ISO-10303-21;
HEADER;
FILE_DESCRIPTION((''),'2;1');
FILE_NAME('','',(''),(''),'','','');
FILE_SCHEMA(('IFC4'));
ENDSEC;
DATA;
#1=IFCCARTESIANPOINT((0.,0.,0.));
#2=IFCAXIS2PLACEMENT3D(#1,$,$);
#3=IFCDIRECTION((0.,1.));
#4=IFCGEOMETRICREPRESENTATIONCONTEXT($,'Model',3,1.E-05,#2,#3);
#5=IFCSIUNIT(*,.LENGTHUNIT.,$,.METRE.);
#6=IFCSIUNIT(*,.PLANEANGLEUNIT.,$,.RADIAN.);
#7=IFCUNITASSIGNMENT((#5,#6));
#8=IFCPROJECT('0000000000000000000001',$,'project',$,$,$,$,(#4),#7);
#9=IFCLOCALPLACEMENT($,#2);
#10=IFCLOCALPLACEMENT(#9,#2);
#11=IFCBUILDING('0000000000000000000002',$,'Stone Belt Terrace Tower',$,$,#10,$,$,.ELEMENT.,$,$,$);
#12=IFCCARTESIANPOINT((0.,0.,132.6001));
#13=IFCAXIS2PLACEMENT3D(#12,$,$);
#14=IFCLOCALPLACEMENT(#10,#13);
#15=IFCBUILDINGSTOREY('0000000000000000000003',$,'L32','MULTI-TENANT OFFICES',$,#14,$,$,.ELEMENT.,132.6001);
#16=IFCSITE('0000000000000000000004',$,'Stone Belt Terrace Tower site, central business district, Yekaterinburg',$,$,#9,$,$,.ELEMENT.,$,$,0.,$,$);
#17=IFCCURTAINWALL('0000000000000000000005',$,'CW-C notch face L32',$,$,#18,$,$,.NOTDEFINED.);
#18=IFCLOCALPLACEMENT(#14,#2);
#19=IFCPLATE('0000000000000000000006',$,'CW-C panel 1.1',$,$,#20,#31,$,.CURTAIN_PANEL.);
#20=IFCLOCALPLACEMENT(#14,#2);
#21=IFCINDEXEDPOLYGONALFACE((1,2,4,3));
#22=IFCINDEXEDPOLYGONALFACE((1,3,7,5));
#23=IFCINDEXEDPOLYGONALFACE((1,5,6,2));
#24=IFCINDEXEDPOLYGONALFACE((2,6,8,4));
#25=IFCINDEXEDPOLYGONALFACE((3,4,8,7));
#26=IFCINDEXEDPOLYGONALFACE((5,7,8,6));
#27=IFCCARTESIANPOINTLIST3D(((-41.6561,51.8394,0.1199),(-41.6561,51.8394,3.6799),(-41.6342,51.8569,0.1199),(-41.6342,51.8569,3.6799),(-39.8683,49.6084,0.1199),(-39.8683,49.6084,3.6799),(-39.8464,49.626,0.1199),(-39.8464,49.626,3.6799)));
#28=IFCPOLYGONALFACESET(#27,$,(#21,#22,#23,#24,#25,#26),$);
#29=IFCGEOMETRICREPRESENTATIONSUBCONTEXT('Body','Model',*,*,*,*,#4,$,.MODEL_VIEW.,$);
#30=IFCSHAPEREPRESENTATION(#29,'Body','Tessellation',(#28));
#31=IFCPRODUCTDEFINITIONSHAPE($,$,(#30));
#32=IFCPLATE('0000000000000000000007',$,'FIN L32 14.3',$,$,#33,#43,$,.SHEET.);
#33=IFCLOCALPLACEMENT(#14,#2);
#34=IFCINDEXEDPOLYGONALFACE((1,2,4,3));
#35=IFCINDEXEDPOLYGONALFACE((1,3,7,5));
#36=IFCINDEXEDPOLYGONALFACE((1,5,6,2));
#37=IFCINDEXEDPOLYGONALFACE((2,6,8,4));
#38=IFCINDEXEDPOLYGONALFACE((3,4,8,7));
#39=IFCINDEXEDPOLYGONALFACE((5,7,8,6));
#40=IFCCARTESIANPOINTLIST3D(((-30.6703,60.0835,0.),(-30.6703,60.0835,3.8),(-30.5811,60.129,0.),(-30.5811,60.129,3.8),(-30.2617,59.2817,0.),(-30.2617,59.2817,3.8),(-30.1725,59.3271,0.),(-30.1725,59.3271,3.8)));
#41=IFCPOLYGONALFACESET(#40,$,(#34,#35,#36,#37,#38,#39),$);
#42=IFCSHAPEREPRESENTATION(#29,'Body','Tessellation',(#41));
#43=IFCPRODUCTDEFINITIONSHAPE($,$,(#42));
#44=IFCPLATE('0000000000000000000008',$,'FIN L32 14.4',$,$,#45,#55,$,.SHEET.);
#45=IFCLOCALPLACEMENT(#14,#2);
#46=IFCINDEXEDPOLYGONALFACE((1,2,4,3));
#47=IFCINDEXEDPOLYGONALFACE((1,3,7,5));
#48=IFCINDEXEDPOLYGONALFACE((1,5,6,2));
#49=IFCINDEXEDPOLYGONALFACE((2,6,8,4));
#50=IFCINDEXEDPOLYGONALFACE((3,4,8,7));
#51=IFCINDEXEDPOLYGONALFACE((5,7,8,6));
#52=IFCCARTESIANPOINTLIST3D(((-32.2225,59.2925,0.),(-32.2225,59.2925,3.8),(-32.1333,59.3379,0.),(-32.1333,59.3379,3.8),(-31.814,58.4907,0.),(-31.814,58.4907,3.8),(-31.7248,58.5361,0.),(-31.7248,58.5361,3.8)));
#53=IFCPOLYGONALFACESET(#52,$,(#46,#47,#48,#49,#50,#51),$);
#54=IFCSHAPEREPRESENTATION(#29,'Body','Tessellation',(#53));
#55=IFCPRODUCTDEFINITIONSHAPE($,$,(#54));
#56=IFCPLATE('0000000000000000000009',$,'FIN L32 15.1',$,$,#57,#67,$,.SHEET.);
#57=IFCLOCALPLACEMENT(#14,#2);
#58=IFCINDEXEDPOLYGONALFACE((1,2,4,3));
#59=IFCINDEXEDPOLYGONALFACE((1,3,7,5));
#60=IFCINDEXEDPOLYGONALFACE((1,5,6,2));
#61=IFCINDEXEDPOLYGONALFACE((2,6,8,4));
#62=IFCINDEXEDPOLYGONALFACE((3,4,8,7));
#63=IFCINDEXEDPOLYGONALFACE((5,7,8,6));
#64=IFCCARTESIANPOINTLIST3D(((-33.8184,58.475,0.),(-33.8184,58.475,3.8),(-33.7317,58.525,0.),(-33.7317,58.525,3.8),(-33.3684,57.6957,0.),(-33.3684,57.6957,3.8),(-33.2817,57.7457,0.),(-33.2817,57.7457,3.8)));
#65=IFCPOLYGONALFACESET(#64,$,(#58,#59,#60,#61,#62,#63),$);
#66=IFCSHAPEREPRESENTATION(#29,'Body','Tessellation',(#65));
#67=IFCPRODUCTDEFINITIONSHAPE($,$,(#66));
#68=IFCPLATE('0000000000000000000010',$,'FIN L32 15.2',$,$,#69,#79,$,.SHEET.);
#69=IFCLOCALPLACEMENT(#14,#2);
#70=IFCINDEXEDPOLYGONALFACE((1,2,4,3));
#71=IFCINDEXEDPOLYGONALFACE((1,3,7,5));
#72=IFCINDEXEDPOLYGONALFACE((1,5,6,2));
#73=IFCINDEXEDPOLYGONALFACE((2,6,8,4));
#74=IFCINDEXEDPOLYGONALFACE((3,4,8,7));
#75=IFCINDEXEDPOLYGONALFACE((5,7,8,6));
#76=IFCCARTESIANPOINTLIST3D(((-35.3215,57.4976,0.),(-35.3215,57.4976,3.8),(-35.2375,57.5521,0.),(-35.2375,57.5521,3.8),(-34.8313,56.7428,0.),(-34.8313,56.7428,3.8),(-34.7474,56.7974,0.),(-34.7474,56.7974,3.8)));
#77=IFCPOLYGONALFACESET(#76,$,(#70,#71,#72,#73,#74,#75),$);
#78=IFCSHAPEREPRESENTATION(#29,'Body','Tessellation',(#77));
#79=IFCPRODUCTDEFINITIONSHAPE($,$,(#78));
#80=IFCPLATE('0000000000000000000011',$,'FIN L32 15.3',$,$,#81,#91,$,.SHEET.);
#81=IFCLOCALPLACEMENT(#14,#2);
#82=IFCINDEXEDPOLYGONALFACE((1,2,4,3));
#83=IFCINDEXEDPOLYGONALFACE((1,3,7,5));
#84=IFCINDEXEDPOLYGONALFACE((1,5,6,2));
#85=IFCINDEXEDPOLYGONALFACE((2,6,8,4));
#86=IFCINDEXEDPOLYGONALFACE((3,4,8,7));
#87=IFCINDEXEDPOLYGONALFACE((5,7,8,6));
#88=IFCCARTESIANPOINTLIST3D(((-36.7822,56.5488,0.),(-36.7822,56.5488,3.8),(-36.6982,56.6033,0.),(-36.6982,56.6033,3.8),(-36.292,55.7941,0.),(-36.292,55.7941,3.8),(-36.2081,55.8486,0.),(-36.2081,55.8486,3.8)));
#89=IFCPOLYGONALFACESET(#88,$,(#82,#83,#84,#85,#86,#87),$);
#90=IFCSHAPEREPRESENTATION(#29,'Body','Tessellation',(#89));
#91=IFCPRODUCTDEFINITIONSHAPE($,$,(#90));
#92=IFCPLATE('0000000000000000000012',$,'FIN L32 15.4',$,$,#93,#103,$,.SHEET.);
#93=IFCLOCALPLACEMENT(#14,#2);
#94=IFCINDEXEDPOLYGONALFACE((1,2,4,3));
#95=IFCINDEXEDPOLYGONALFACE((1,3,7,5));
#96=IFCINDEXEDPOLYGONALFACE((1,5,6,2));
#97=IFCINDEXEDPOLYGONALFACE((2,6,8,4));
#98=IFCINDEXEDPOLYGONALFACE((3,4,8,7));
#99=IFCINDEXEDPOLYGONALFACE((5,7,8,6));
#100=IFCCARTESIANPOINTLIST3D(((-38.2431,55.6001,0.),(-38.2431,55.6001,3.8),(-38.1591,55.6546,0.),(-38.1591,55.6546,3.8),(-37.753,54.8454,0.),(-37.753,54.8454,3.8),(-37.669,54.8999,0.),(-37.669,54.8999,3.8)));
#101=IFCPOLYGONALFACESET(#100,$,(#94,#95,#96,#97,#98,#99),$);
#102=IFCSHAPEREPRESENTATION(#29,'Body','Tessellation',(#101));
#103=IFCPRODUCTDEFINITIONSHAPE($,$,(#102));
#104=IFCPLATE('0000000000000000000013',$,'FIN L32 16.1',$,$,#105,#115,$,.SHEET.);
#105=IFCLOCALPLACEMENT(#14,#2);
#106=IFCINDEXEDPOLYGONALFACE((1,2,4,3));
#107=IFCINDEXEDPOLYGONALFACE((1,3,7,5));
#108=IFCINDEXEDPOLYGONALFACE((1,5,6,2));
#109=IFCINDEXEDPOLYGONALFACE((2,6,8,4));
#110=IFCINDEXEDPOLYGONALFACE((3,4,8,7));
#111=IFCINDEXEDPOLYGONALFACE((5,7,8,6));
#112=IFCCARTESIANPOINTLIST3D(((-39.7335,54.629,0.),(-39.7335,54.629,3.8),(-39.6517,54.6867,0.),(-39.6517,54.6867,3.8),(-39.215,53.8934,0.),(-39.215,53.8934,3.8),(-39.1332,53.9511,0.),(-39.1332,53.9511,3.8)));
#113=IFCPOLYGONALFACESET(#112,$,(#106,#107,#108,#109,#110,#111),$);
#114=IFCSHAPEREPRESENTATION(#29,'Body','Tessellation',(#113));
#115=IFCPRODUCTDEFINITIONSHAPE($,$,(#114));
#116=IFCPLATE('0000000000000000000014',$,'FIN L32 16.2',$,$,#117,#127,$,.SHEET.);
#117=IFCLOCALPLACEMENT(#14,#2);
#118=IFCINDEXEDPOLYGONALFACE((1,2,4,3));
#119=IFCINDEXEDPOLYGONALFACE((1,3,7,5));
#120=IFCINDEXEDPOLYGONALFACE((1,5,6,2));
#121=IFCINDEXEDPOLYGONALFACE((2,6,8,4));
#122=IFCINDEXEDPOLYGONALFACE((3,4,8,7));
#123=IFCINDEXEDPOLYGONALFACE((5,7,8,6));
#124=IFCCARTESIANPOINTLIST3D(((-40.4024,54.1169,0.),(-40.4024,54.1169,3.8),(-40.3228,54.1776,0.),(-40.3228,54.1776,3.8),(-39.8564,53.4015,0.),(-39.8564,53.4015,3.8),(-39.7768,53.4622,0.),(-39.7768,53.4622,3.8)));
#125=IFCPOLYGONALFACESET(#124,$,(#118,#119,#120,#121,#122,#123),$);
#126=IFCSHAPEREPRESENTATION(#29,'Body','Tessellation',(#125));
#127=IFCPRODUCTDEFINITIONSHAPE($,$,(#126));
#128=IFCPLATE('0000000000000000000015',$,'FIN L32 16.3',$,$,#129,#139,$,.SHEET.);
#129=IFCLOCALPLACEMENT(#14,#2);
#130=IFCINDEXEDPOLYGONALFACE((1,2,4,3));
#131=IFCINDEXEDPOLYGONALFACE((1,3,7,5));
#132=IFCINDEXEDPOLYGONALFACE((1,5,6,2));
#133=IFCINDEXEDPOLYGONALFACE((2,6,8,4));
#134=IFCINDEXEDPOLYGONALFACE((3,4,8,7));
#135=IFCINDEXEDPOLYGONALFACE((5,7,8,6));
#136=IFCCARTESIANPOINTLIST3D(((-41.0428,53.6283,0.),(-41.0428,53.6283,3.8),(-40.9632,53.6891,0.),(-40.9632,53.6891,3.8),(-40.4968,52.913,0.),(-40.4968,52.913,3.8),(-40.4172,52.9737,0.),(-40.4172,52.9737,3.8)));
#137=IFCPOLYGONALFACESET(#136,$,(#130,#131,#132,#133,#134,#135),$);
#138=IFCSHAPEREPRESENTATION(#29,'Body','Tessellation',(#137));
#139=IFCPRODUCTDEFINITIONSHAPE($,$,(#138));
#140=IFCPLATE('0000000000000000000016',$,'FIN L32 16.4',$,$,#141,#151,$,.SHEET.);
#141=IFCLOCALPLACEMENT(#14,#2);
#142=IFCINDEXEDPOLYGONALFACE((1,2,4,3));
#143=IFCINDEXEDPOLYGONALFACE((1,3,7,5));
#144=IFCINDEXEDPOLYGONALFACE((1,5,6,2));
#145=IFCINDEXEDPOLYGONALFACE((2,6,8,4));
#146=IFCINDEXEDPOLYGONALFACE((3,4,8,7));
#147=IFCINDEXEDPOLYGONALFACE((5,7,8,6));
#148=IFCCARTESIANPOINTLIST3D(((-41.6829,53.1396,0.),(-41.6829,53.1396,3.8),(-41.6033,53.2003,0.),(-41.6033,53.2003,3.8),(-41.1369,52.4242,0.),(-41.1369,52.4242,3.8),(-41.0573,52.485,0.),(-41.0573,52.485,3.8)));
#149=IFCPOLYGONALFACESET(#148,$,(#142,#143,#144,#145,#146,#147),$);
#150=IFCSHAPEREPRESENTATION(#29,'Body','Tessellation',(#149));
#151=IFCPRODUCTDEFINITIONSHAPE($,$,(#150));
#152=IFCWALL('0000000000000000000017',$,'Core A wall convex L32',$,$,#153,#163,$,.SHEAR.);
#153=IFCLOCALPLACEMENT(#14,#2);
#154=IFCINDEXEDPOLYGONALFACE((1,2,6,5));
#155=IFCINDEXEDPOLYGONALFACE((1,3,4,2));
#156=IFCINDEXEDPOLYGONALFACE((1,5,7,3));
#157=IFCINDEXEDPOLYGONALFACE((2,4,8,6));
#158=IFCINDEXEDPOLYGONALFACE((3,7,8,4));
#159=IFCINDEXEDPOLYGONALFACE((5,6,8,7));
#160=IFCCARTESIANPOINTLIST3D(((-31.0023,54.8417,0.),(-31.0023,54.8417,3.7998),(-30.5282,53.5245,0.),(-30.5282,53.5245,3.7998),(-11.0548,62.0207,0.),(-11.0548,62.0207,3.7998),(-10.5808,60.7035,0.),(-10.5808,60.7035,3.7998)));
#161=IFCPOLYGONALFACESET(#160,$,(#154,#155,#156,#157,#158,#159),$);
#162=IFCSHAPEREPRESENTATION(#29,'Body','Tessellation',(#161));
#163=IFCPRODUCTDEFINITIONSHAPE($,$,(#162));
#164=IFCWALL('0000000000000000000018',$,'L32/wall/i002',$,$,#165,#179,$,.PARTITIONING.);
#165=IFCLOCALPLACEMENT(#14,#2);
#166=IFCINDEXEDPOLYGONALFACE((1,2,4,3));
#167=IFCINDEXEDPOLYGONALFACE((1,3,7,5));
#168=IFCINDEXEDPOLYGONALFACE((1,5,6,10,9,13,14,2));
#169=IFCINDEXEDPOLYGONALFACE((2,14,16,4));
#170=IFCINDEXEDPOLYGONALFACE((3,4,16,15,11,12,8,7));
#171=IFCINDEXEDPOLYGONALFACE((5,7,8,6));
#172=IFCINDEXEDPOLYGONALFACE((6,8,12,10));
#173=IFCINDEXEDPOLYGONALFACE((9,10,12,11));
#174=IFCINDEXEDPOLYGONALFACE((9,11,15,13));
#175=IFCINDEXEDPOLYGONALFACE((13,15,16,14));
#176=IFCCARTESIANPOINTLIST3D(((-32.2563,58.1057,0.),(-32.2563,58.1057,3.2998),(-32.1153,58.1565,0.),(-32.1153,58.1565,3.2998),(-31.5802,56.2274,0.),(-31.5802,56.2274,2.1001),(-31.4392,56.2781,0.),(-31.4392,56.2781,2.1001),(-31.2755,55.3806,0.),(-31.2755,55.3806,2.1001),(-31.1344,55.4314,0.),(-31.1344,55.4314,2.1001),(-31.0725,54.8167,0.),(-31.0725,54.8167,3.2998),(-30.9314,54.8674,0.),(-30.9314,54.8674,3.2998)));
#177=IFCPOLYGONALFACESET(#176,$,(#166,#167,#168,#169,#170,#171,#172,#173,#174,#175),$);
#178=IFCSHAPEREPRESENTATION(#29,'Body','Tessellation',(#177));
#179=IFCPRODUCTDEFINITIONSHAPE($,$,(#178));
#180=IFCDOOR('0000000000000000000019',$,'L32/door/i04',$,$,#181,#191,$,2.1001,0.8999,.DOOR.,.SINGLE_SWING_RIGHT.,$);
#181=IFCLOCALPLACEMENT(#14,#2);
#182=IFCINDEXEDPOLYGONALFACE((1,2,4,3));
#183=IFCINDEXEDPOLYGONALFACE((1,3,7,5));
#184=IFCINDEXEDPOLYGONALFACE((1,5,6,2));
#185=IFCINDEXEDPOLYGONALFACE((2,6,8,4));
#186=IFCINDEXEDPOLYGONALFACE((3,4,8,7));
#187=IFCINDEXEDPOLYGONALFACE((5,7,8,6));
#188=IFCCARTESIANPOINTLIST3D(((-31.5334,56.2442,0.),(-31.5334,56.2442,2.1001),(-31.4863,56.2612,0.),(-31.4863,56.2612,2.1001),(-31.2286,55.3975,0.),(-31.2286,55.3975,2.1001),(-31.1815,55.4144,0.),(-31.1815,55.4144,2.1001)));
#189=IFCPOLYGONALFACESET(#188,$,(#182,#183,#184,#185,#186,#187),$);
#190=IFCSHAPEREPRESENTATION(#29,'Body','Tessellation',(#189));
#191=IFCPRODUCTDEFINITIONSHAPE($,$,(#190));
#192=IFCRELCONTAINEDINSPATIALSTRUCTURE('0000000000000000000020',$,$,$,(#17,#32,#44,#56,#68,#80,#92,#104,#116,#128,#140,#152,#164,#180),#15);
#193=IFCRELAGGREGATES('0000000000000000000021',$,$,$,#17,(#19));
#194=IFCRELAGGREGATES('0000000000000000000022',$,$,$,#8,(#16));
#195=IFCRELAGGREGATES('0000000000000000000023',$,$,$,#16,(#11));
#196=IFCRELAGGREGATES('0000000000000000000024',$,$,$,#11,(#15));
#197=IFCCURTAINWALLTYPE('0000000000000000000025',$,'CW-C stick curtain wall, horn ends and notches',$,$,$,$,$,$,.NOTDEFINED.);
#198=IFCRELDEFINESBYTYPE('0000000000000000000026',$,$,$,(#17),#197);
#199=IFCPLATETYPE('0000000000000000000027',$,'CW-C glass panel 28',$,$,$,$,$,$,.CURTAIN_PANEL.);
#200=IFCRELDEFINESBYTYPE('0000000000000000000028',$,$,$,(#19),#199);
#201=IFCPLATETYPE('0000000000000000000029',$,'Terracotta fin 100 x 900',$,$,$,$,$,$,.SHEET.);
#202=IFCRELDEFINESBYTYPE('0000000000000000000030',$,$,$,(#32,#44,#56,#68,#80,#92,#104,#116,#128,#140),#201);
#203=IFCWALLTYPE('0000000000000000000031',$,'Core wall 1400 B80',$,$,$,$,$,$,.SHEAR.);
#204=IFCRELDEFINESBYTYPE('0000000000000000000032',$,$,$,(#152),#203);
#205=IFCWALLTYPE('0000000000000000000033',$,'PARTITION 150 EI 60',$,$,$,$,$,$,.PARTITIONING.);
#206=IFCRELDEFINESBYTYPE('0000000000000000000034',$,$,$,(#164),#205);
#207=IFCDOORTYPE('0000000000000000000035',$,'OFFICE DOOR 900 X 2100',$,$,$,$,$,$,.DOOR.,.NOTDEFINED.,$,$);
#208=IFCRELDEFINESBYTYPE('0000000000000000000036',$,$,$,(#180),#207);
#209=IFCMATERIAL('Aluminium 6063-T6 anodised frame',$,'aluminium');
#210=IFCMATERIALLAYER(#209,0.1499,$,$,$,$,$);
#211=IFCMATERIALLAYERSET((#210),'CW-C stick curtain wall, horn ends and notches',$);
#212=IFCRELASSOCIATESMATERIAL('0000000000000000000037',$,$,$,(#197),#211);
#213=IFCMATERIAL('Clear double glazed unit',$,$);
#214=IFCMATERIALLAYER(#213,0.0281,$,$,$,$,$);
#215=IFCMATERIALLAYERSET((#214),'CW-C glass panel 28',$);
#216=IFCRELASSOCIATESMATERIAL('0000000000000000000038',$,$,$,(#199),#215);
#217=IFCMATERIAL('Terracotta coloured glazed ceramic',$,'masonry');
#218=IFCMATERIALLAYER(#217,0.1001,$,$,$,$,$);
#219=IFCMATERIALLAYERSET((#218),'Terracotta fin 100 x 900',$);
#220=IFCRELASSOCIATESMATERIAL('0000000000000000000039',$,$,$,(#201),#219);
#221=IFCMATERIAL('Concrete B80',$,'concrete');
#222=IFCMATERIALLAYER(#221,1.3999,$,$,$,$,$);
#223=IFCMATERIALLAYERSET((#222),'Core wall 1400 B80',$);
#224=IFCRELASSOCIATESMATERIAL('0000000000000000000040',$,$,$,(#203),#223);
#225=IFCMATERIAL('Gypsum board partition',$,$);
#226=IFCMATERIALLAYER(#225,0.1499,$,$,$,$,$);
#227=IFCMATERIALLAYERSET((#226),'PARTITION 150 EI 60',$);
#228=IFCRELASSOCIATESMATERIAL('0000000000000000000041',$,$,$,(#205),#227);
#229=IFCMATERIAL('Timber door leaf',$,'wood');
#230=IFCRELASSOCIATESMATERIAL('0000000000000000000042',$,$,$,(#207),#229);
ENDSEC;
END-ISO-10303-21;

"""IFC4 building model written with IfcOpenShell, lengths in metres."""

from ifc_helpers import new_model, si_unit, direction, frame, frame_2d, origin, origin_2d, place, context, subcontext, project, spatial, rectangle, extrude, material, layer, layer_set, type_object, element, fill, aggregate, save


model = new_model("IFC4")

# Units and contexts
model_context = context("Model", 3, precision=1e-05, world=origin(), true_north=direction((0.0, 1.0)))
body_context = subcontext(model_context, "Body", "Model", "MODEL_VIEW")
ifc_project = project(units=[si_unit("LENGTHUNIT", "METRE"), si_unit("PLANEANGLEUNIT", "RADIAN")], contexts=[model_context])

# Site, building, storey
site_placement = place(None, origin())
site = spatial("IfcSite", under=ifc_project, at=site_placement, Name="Stone Belt Terrace Tower site, central business district, Yekaterinburg", CompositionType="ELEMENT", RefElevation=0.0)
building_placement = place(site_placement, origin())
building = spatial("IfcBuilding", under=site, at=building_placement, Name="Stone Belt Terrace Tower", CompositionType="ELEMENT")
storey_placement = place(building_placement, frame((0.0, 0.0, 132.6001)))
storey = spatial("IfcBuildingStorey", under=building, at=storey_placement, Name="L32", Description="MULTI-TENANT OFFICES", CompositionType="ELEMENT", Elevation=132.6001)

# Shared definitions
ifc_material_1 = material(Name="Concrete B80", Category="concrete")

# Shared definitions
ifc_material_2 = material(Name="Aluminium 6063-T6 anodised frame", Category="aluminium")

# Curtain wall
ifc_layer_1 = layer(ifc_material_2, 0.1499)
ifc_layer_set_1 = layer_set([ifc_layer_1], Name="CW-C stick curtain wall, horn ends and notches")
curtain_wall_type_1 = type_object("IfcCurtainWallType", Name="CW-C stick curtain wall, horn ends and notches", PredefinedType="NOTDEFINED", material=ifc_layer_set_1)
curtain_wall_1_placement = place(storey_placement, origin())
curtain_wall_1 = element("IfcCurtainWall", 1, at=curtain_wall_1_placement, inside=storey, type_object=curtain_wall_type_1, Name="CW-C notch face L32", PredefinedType="NOTDEFINED")

# Plate
ifc_material_3 = material(Name="Clear double glazed unit")
ifc_layer_2 = layer(ifc_material_3, 0.0281)
ifc_layer_set_2 = layer_set([ifc_layer_2], Name="CW-C glass panel 28")
plate_type_1 = type_object("IfcPlateType", Name="CW-C glass panel 28", PredefinedType="CURTAIN_PANEL", material=ifc_layer_set_2)
plate_1_placement = place(storey_placement, frame((-40.7512, 50.7327, 0.1199), z_axis=(0.0, 0.0, 1.0), x_axis=(0.625343, -0.78035, 0.0)))
plate_1 = element("IfcPlate", 2, at=plate_1_placement, type_object=plate_type_1, Name="CW-C panel 1.1", PredefinedType="CURTAIN_PANEL", context=body_context, shape_type="SweptSolid", body=[
    extrude(rectangle(XDim=2.8589, YDim=0.0281, at=origin_2d()), origin(), (0.0, 0.0, 1.0), 3.5601),
])
aggregate(curtain_wall_1, [plate_1])

# Plates
ifc_material_4 = material(Name="Terracotta coloured glazed ceramic", Category="masonry")
ifc_layer_3 = layer(ifc_material_4, 0.1001)
ifc_layer_set_3 = layer_set([ifc_layer_3], Name="Terracotta fin 100 x 900")
plate_type_2 = type_object("IfcPlateType", Name="Terracotta fin 100 x 900", PredefinedType="SHEET", material=ifc_layer_set_3)
for number, where, z_axis, x_axis, name in (
    (3, (-30.4214, 59.7053, 0.0), (0.0, 0.0, 1.0), (-0.45399, 0.891007, 0.0), "FIN L32 14.3"),
    (4, (-31.9736, 58.9143, 0.0), (0.0, 0.0, 1.0), (-0.45399, 0.891007, 0.0), "FIN L32 14.4"),
    (5, (-33.55, 58.1104, 0.0), (0.0, 0.0, 1.0), (-0.5, 0.866025, 0.0), "FIN L32 15.1"),
    (6, (-35.0344, 57.1475, 0.0), (0.0, 0.0, 1.0), (-0.544639, 0.838671, 0.0), "FIN L32 15.2"),
    (7, (-36.4951, 56.1987, 0.0), (0.0, 0.0, 1.0), (-0.544639, 0.838671, 0.0), "FIN L32 15.3"),
    (8, (-37.9561, 55.25, 0.0), (0.0, 0.0, 1.0), (-0.544639, 0.838671, 0.0), "FIN L32 15.4"),
    (9, (-39.4333, 54.29, 0.0), (0.0, 0.0, 1.0), (-0.576102, 0.817378, 0.0), "FIN L32 16.1"),
    (10, (-40.0896, 53.7896, 0.0), (0.0, 0.0, 1.0), (-0.606733, 0.794905, 0.0), "FIN L32 16.2"),
    (11, (-40.73, 53.301, 0.0), (0.0, 0.0, 1.0), (-0.606733, 0.794905, 0.0), "FIN L32 16.3"),
    (12, (-41.3701, 52.8123, 0.0), (0.0, 0.0, 1.0), (-0.606733, 0.794905, 0.0), "FIN L32 16.4"),
):
    element("IfcPlate", number, at=place(storey_placement, frame(where, z_axis=z_axis, x_axis=x_axis)), inside=storey, type_object=plate_type_2, Name=name, PredefinedType="SHEET", context=body_context, shape_type="SweptSolid", body=[
        extrude(rectangle(XDim=0.8999, YDim=0.1001, at=origin_2d()), origin(), (0.0, 0.0, 1.0), 3.8),
    ])

# Wall
ifc_layer_4 = layer(ifc_material_1, 1.3999)
ifc_layer_set_4 = layer_set([ifc_layer_4], Name="Core wall 1400 B80")
wall_type_1 = type_object("IfcWallType", Name="Core wall 1400 B80", PredefinedType="SHEAR", material=ifc_layer_set_4)
wall_1_placement = place(storey_placement, frame((-30.7654, 54.1831, 0.0), z_axis=(0.0, 0.0, 1.0), x_axis=(0.94092, 0.33863, 0.0)))
element("IfcWall", 13, at=wall_1_placement, inside=storey, type_object=wall_type_1, Name="Core A wall convex L32", PredefinedType="SHEAR", context=body_context, shape_type="SweptSolid", body=[
    extrude(rectangle(XDim=21.2, YDim=1.3999, at=frame_2d((10.6001, 0.0))), origin(), (0.0, 0.0, 1.0), 3.7998),
])

# Wall, opening, door
ifc_material_5 = material(Name="Gypsum board partition")
ifc_layer_5 = layer(ifc_material_5, 0.1499)
ifc_layer_set_5 = layer_set([ifc_layer_5], Name="PARTITION 150 EI 60")
wall_type_2 = type_object("IfcWallType", Name="PARTITION 150 EI 60", PredefinedType="PARTITIONING", material=ifc_layer_set_5)
wall_2_placement = place(storey_placement, frame((-32.1858, 58.1311, 0.0), z_axis=(0.0, 0.0, 1.0), x_axis=(0.338663, -0.940908, 0.0)))
wall_2 = element("IfcWall", 14, at=wall_2_placement, inside=storey, type_object=wall_type_2, Name="L32/wall/i002", PredefinedType="PARTITIONING", context=body_context, shape_type="SweptSolid", body=[
    extrude(rectangle(XDim=3.4956, YDim=0.1499, at=frame_2d((1.7478, 0.0))), origin(), (0.0, 0.0, 1.0), 3.2998),
])
opening_placement = place(wall_2_placement, frame((1.9963, 0.0, 0.0)))
opening = element("IfcOpeningElement", 15, at=opening_placement, cuts=wall_2, PredefinedType="OPENING", context=body_context, shape_type="SweptSolid", body=[
    extrude(rectangle(XDim=0.8999, YDim=2.1001, at=frame_2d((0.45, 1.05))), frame((0.0, 0.085, 0.0), z_axis=(0.0, -1.0, 0.0), x_axis=(1.0, 0.0, 0.0)), (0.0, 0.0, 1.0), 0.1699),
])
ifc_material_6 = material(Name="Timber door leaf", Category="wood")
door_type = type_object("IfcDoorType", Name="OFFICE DOOR 900 X 2100", OperationType="NOTDEFINED", PredefinedType="DOOR", material=ifc_material_6)
door_placement = place(opening_placement, origin())
door = element("IfcDoor", 16, at=door_placement, inside=storey, type_object=door_type, Name="L32/door/i04", OperationType="SINGLE_SWING_RIGHT", OverallHeight=2.1001, OverallWidth=0.8999, PredefinedType="DOOR", context=body_context, shape_type="SweptSolid", body=[
    extrude(rectangle(XDim=0.8999, YDim=2.1001, at=frame_2d((0.45, 1.05))), frame((0.0, 0.0249, 0.0), z_axis=(0.0, -1.0, 0.0), x_axis=(1.0, 0.0, 0.0)), (0.0, 0.0, 1.0), 0.05),
])
fill(opening, door)

save(model, "model.ifc")
